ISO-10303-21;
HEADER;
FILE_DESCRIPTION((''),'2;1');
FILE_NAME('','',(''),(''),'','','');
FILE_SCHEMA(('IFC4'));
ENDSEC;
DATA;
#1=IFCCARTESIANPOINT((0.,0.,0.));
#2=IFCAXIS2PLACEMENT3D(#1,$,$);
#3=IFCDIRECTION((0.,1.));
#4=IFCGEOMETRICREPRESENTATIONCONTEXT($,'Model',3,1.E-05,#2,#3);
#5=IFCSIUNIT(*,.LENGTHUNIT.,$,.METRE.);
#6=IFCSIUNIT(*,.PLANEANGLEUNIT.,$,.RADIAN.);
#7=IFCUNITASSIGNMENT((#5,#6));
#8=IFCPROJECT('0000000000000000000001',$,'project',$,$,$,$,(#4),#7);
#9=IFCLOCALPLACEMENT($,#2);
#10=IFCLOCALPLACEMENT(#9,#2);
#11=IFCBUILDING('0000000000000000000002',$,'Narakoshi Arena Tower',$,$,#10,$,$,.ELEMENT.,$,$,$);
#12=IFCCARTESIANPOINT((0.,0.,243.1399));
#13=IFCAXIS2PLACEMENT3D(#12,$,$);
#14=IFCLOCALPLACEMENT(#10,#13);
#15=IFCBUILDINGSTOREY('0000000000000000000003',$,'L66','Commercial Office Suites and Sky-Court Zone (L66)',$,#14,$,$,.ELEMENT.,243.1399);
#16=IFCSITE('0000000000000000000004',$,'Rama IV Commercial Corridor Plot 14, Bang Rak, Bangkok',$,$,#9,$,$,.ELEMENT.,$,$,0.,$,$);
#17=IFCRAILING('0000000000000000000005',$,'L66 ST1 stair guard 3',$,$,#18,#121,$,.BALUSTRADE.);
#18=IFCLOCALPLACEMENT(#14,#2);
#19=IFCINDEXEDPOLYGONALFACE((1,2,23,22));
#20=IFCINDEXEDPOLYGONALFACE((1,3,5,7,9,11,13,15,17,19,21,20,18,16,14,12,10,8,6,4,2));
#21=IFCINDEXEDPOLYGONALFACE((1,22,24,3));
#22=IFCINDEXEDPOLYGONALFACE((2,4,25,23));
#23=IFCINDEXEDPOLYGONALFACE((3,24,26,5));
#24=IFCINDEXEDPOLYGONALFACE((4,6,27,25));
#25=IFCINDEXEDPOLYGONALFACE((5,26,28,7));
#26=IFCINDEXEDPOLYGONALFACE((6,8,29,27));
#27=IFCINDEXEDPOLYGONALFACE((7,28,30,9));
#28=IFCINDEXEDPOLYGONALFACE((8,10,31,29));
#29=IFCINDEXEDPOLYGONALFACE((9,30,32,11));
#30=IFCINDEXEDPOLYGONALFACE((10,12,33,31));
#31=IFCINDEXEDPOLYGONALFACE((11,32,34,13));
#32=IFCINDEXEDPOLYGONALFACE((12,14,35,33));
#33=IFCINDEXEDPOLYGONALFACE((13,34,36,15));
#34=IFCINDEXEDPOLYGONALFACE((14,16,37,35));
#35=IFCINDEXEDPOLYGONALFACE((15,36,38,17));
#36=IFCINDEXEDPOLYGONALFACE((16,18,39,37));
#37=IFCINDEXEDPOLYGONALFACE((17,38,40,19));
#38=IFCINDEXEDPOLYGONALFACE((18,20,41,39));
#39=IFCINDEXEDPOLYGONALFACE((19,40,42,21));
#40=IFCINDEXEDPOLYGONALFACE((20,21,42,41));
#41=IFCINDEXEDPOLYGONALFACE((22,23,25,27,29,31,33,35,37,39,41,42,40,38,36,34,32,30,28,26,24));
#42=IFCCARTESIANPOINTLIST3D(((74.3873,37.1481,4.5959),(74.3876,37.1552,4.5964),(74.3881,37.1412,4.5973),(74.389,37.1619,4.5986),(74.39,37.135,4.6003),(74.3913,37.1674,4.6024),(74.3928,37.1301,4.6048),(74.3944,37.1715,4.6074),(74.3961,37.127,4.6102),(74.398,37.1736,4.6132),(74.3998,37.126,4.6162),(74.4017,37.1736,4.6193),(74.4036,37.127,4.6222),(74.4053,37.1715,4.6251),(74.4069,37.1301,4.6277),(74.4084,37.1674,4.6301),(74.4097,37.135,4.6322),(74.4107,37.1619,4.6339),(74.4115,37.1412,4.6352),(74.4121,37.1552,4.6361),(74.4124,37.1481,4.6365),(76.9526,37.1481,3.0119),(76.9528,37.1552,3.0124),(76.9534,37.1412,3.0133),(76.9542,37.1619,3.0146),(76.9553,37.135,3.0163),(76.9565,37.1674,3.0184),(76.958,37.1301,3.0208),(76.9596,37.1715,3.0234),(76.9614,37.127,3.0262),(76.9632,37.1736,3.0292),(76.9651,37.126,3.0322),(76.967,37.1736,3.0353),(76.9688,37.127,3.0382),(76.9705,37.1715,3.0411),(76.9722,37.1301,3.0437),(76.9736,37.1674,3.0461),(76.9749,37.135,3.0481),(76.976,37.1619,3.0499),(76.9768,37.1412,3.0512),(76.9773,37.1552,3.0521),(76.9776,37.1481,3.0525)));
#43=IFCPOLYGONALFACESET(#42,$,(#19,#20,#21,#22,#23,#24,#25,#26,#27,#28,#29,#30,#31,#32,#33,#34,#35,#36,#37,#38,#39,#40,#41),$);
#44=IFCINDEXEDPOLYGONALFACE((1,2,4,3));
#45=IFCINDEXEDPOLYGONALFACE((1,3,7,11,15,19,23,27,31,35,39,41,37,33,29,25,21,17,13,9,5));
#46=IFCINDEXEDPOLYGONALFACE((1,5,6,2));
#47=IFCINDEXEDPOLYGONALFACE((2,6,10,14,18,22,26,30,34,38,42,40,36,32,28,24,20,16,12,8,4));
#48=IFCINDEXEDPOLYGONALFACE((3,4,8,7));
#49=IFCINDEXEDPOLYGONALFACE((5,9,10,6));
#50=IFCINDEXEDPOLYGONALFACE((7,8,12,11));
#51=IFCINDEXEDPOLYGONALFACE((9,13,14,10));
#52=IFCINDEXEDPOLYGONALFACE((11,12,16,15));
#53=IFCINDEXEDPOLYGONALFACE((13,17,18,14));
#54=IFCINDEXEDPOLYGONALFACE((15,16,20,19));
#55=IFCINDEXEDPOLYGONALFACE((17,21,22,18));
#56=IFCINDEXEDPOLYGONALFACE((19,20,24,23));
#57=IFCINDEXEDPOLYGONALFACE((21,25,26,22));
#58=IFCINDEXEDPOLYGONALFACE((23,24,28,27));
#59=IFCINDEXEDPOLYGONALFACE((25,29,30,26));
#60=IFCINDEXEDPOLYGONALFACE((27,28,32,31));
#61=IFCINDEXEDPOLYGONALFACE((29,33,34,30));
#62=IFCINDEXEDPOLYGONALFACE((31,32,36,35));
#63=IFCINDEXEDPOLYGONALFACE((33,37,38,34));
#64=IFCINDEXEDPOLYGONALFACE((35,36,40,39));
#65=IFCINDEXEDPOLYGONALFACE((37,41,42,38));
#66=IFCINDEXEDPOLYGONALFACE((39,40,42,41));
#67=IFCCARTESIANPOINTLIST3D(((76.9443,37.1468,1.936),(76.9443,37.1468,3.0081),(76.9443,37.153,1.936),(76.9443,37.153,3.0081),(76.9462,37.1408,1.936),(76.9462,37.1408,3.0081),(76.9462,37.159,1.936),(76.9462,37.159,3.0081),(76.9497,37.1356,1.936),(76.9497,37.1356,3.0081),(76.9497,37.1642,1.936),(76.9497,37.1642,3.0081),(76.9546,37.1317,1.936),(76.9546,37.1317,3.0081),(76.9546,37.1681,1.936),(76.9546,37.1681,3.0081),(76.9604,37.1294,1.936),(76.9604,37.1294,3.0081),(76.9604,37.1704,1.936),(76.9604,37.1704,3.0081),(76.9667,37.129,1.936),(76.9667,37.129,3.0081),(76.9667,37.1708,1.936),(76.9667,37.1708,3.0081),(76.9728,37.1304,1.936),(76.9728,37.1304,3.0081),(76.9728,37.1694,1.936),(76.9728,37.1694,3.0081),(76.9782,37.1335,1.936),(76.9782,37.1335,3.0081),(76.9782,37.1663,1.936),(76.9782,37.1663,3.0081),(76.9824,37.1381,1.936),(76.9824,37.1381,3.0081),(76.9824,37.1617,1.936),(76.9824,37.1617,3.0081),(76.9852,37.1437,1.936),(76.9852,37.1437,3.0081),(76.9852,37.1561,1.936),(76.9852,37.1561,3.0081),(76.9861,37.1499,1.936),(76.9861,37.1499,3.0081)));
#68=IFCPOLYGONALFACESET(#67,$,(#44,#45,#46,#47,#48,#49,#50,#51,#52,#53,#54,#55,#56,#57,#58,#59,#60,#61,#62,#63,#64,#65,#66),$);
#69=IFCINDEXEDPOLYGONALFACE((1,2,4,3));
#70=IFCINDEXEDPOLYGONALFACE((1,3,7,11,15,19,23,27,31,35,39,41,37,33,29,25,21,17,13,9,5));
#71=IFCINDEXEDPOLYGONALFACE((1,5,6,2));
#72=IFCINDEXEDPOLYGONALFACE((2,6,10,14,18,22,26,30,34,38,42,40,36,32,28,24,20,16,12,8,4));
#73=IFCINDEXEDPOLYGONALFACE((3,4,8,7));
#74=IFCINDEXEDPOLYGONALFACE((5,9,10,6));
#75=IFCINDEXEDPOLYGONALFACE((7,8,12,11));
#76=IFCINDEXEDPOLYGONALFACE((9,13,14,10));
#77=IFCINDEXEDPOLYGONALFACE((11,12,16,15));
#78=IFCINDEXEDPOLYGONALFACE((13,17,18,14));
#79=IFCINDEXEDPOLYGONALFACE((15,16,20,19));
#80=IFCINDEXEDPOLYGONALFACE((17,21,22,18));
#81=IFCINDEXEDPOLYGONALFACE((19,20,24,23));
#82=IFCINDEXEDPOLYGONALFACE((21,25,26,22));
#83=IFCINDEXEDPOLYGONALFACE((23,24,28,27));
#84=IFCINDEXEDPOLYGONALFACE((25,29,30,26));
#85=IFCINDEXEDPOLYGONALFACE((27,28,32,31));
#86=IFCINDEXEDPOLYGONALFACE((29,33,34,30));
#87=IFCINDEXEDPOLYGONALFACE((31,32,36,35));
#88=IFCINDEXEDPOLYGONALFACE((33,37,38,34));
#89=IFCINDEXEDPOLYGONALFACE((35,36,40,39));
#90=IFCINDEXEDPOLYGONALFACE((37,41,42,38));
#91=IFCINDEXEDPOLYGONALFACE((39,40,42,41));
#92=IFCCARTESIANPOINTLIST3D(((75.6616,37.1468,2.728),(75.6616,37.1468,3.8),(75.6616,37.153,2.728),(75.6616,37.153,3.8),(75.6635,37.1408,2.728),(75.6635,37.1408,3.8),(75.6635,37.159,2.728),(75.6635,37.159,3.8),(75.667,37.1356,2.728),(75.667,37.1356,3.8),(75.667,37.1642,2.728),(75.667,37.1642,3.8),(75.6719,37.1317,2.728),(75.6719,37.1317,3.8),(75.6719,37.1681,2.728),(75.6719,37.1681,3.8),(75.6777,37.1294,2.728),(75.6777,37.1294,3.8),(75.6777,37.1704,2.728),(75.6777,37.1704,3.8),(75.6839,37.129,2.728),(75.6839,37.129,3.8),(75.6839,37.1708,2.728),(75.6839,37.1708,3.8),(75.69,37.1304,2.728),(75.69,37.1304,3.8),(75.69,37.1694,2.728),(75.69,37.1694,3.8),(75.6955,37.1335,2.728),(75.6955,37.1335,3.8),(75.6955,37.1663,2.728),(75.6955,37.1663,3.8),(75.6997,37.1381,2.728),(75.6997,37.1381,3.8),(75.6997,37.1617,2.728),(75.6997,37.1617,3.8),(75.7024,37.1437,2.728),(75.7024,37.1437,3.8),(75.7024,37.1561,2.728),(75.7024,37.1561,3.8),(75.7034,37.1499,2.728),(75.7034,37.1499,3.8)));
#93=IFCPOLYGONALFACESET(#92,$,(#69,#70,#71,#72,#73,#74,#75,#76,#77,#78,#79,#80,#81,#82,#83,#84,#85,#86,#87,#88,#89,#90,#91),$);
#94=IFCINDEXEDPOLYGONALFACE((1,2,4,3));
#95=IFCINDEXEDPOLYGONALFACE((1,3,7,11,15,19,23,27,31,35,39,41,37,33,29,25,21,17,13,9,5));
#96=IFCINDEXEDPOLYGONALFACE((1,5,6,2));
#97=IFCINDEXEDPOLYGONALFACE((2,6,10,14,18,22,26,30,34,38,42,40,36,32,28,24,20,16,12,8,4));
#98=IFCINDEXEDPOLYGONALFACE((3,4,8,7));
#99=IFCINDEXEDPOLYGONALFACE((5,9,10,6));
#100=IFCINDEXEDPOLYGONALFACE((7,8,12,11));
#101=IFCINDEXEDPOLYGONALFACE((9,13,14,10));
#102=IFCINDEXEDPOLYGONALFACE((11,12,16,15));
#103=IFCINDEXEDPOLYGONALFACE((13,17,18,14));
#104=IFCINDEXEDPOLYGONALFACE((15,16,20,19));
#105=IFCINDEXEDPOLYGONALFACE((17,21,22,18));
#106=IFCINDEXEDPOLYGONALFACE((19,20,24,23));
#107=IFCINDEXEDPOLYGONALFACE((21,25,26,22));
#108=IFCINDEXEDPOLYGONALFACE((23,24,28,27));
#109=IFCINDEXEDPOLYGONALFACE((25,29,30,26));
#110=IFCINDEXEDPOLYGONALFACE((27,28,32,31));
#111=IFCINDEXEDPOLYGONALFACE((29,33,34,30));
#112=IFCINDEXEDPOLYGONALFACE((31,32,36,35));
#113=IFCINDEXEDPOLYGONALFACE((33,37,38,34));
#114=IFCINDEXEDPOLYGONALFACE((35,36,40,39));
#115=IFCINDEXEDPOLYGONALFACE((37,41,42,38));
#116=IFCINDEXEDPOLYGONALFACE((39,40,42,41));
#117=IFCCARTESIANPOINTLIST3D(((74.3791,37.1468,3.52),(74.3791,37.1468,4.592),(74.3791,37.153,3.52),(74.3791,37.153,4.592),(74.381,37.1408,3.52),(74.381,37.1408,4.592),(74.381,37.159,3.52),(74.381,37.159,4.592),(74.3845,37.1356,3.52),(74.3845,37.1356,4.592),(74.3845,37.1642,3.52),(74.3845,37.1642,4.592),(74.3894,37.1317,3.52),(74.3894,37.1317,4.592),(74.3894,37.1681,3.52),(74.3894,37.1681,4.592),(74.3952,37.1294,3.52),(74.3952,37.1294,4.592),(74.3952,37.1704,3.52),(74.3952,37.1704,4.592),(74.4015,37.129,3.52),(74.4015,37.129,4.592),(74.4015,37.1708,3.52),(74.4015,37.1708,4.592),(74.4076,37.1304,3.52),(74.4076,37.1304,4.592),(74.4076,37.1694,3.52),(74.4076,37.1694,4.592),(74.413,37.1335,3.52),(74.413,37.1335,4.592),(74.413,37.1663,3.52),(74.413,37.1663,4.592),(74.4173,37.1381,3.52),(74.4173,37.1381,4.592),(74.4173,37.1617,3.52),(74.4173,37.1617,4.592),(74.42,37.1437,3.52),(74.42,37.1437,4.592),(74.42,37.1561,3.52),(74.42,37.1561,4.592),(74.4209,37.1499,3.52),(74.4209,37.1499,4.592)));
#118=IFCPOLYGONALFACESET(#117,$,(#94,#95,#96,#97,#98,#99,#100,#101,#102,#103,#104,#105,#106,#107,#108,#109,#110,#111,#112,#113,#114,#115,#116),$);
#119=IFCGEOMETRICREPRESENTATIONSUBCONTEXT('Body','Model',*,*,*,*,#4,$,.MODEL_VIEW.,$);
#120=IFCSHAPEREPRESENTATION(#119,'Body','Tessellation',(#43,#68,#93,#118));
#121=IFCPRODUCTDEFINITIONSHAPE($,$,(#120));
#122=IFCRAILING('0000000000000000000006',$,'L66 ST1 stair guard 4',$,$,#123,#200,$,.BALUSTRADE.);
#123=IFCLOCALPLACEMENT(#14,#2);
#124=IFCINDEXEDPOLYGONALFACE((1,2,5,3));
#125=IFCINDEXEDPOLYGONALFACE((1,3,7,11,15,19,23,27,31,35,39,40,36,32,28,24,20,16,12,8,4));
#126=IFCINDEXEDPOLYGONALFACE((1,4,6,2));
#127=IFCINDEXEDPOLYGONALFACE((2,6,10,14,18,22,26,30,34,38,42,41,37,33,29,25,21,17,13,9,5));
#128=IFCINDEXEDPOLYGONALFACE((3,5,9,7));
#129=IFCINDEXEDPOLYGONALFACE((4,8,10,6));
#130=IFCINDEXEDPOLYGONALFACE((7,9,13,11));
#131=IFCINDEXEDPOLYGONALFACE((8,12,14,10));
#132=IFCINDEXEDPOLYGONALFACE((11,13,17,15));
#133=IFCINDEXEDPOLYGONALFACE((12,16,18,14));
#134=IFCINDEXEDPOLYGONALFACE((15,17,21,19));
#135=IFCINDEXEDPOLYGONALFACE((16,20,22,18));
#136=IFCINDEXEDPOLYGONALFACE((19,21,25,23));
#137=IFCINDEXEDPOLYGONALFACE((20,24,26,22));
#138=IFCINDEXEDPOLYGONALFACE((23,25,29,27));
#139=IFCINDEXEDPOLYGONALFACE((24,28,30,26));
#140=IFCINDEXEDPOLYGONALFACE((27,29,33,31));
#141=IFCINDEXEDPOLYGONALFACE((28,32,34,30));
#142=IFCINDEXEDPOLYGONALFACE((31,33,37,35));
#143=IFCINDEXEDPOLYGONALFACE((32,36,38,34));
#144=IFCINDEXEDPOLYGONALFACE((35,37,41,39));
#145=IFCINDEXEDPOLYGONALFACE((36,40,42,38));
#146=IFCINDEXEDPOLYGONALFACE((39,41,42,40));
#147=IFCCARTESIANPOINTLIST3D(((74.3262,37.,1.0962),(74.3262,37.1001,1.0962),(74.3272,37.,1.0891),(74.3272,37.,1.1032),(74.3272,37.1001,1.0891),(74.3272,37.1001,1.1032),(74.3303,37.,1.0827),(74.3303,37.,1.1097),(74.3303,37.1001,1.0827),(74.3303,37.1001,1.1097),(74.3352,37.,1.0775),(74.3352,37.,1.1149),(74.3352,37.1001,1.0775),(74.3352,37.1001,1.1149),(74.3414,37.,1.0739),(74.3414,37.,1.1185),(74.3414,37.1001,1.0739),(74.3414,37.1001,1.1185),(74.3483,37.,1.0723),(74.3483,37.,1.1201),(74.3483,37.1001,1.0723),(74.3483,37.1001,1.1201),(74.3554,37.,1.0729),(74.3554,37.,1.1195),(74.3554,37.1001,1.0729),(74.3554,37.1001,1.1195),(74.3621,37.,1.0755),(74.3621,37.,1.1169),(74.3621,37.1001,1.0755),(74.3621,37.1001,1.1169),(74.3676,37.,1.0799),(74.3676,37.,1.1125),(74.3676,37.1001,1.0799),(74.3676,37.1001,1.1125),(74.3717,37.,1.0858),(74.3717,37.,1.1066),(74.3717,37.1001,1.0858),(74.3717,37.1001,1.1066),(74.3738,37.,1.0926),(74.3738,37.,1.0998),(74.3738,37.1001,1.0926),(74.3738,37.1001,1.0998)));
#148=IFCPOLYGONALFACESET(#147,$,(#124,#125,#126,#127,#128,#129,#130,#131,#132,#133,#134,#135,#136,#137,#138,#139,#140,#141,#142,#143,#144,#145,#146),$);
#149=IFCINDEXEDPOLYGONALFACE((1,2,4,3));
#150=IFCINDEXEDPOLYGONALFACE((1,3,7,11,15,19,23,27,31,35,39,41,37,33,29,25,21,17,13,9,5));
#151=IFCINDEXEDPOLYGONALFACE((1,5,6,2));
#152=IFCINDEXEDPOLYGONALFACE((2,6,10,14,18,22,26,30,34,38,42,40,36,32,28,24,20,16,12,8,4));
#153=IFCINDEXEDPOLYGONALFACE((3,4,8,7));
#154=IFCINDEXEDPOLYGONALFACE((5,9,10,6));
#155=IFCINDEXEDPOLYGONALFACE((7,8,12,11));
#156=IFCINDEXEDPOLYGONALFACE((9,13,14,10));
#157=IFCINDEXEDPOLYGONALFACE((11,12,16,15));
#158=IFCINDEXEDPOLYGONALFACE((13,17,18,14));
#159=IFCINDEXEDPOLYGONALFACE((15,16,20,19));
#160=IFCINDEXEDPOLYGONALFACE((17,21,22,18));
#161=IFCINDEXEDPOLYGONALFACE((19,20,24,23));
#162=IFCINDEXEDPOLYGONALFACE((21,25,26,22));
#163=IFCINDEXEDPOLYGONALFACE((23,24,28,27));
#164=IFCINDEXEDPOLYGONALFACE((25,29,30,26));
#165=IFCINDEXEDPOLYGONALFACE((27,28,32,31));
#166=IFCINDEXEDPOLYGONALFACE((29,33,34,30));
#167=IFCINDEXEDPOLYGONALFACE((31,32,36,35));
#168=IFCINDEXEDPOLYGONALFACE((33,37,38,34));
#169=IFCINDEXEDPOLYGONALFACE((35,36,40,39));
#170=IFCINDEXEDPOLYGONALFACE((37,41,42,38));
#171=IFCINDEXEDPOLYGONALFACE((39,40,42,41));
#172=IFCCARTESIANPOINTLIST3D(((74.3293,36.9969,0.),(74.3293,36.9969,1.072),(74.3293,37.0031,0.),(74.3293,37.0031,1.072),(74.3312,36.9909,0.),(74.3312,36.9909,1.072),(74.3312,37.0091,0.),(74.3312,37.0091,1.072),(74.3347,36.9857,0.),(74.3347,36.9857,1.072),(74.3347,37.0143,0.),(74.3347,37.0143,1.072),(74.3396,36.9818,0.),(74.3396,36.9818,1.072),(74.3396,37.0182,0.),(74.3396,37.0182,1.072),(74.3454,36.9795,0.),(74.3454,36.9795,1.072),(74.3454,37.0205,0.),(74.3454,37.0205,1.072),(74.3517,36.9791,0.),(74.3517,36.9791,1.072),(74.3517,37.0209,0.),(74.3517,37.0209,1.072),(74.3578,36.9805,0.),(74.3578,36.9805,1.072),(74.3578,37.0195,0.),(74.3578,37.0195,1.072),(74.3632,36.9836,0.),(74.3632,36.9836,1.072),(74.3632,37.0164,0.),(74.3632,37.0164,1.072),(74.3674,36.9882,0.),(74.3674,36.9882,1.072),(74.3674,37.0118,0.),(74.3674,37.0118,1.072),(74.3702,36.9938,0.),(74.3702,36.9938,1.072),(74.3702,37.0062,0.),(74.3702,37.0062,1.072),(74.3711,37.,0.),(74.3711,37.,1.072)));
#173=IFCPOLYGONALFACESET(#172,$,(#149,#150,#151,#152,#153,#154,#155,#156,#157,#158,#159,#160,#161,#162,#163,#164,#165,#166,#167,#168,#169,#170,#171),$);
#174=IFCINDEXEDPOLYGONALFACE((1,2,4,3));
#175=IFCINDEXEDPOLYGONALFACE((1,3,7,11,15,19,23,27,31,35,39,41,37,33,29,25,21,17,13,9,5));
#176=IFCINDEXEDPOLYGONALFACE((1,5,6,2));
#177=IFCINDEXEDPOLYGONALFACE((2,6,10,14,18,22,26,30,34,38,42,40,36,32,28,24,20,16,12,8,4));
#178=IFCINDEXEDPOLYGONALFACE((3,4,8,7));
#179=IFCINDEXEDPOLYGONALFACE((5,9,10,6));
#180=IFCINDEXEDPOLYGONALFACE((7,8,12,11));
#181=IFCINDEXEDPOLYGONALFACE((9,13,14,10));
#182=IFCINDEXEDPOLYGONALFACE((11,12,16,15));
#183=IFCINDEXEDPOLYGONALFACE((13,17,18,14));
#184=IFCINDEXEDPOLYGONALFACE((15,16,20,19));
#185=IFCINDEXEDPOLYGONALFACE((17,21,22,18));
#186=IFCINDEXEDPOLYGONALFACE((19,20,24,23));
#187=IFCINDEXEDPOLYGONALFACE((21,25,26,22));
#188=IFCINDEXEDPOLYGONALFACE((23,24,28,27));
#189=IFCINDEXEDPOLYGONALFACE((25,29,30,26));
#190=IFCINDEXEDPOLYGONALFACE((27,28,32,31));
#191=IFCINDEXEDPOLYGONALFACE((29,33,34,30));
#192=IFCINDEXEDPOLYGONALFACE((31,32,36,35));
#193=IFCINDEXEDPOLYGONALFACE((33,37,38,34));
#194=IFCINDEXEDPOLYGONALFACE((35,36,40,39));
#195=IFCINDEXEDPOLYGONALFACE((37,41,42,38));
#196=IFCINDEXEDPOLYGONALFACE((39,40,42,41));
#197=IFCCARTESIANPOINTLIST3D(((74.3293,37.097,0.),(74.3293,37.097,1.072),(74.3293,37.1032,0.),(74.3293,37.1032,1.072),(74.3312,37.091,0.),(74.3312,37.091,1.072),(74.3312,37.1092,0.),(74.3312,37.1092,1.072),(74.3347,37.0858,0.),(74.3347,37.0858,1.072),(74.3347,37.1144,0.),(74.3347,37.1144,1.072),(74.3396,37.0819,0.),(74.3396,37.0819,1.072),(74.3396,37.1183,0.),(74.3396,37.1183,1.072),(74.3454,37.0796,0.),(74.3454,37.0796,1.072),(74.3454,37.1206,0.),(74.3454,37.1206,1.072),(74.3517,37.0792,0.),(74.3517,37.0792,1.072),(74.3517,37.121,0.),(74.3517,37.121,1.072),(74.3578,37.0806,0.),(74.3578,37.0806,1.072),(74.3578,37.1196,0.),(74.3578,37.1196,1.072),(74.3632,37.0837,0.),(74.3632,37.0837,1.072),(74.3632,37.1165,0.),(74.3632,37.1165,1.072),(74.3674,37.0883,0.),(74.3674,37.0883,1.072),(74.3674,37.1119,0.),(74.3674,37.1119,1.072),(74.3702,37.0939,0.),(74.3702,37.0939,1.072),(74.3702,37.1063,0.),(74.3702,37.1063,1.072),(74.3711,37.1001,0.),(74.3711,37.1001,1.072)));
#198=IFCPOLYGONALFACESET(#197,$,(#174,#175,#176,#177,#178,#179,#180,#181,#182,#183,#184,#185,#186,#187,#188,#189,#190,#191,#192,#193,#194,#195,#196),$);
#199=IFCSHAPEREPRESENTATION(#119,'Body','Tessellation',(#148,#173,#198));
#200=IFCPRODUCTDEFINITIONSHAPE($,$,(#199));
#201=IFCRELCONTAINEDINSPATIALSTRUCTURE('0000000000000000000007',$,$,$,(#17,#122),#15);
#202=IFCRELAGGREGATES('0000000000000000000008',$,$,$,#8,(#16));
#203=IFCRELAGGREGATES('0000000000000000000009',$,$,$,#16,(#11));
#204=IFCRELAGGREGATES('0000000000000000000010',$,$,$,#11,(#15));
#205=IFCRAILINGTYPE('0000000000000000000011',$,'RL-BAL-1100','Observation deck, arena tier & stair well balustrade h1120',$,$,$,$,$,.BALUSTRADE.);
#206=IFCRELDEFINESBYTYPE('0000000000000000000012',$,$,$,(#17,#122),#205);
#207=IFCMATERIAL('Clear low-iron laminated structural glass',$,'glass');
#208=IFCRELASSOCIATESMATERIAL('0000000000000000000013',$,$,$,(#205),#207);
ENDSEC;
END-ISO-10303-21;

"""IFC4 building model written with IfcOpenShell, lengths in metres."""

from ifc_helpers import new_model, si_unit, direction, frame, origin, origin_2d, place, context, subcontext, project, spatial, circle, extrude, material, type_object, element, save


model = new_model("IFC4")

# Units and contexts
model_context = context("Model", 3, precision=1e-05, world=origin(), true_north=direction((0.0, 1.0)))
body_context = subcontext(model_context, "Body", "Model", "MODEL_VIEW")
ifc_project = project(units=[si_unit("LENGTHUNIT", "METRE"), si_unit("PLANEANGLEUNIT", "RADIAN")], contexts=[model_context])

# Site, building, storey
site_placement = place(None, origin())
site = spatial("IfcSite", under=ifc_project, at=site_placement, Name="Rama IV Commercial Corridor Plot 14, Bang Rak, Bangkok", CompositionType="ELEMENT", RefElevation=0.0)
building_placement = place(site_placement, origin())
building = spatial("IfcBuilding", under=site, at=building_placement, Name="Narakoshi Arena Tower", CompositionType="ELEMENT")
storey_placement = place(building_placement, frame((0.0, 0.0, 243.1399)))
storey = spatial("IfcBuildingStorey", under=building, at=storey_placement, Name="L66", Description="Commercial Office Suites and Sky-Court Zone (L66)", CompositionType="ELEMENT", Elevation=243.1399)

# Railings
ifc_material_1 = material(Name="Clear low-iron laminated structural glass", Category="glass")
railing_type_1 = type_object("IfcRailingType", Name="RL-BAL-1100", Description="Observation deck, arena tier & stair well balustrade h1120", PredefinedType="BALUSTRADE", material=ifc_material_1)
railing_1_placement = place(storey_placement, frame((76.9651, 37.1499, 1.936)))
element("IfcRailing", 1, at=railing_1_placement, inside=storey, type_object=railing_type_1, Name="L66 ST1 stair guard 3", PredefinedType="BALUSTRADE", context=body_context, shape_type="SweptSolid", body=[
    extrude(circle(Radius=0.0239, at=origin_2d()), frame((0.0, 0.0, 1.0962), z_axis=(-0.850857, 0.0, 0.525398), x_axis=(0.0, -1.0, 0.0)), (0.0, 0.0, 1.0), 3.0149),
    extrude(circle(Radius=0.021, at=origin_2d()), origin(), (0.0, 0.0, 1.0), 1.072),
    extrude(circle(Radius=0.021, at=origin_2d()), frame((-1.2827, 0.0, 0.792)), (0.0, 0.0, 1.0), 1.072),
    extrude(circle(Radius=0.021, at=origin_2d()), frame((-2.5652, 0.0, 1.584)), (0.0, 0.0, 1.0), 1.072),
])
railing_2_placement = place(storey_placement, frame((74.3501, 37.0, 0.0)))
element("IfcRailing", 2, at=railing_2_placement, inside=storey, type_object=railing_type_1, Name="L66 ST1 stair guard 4", PredefinedType="BALUSTRADE", context=body_context, shape_type="SweptSolid", body=[
    extrude(circle(Radius=0.0239, at=origin_2d()), frame((0.0, 0.0, 1.0962), z_axis=(0.0, 1.0, 0.0), x_axis=(-1.0, 0.0, 0.0)), (0.0, 0.0, 1.0), 0.1001),
    extrude(circle(Radius=0.021, at=origin_2d()), origin(), (0.0, 0.0, 1.0), 1.072),
    extrude(circle(Radius=0.021, at=origin_2d()), frame((0.0, 0.1001, 0.0)), (0.0, 0.0, 1.0), 1.072),
])

save(model, "model.ifc")
